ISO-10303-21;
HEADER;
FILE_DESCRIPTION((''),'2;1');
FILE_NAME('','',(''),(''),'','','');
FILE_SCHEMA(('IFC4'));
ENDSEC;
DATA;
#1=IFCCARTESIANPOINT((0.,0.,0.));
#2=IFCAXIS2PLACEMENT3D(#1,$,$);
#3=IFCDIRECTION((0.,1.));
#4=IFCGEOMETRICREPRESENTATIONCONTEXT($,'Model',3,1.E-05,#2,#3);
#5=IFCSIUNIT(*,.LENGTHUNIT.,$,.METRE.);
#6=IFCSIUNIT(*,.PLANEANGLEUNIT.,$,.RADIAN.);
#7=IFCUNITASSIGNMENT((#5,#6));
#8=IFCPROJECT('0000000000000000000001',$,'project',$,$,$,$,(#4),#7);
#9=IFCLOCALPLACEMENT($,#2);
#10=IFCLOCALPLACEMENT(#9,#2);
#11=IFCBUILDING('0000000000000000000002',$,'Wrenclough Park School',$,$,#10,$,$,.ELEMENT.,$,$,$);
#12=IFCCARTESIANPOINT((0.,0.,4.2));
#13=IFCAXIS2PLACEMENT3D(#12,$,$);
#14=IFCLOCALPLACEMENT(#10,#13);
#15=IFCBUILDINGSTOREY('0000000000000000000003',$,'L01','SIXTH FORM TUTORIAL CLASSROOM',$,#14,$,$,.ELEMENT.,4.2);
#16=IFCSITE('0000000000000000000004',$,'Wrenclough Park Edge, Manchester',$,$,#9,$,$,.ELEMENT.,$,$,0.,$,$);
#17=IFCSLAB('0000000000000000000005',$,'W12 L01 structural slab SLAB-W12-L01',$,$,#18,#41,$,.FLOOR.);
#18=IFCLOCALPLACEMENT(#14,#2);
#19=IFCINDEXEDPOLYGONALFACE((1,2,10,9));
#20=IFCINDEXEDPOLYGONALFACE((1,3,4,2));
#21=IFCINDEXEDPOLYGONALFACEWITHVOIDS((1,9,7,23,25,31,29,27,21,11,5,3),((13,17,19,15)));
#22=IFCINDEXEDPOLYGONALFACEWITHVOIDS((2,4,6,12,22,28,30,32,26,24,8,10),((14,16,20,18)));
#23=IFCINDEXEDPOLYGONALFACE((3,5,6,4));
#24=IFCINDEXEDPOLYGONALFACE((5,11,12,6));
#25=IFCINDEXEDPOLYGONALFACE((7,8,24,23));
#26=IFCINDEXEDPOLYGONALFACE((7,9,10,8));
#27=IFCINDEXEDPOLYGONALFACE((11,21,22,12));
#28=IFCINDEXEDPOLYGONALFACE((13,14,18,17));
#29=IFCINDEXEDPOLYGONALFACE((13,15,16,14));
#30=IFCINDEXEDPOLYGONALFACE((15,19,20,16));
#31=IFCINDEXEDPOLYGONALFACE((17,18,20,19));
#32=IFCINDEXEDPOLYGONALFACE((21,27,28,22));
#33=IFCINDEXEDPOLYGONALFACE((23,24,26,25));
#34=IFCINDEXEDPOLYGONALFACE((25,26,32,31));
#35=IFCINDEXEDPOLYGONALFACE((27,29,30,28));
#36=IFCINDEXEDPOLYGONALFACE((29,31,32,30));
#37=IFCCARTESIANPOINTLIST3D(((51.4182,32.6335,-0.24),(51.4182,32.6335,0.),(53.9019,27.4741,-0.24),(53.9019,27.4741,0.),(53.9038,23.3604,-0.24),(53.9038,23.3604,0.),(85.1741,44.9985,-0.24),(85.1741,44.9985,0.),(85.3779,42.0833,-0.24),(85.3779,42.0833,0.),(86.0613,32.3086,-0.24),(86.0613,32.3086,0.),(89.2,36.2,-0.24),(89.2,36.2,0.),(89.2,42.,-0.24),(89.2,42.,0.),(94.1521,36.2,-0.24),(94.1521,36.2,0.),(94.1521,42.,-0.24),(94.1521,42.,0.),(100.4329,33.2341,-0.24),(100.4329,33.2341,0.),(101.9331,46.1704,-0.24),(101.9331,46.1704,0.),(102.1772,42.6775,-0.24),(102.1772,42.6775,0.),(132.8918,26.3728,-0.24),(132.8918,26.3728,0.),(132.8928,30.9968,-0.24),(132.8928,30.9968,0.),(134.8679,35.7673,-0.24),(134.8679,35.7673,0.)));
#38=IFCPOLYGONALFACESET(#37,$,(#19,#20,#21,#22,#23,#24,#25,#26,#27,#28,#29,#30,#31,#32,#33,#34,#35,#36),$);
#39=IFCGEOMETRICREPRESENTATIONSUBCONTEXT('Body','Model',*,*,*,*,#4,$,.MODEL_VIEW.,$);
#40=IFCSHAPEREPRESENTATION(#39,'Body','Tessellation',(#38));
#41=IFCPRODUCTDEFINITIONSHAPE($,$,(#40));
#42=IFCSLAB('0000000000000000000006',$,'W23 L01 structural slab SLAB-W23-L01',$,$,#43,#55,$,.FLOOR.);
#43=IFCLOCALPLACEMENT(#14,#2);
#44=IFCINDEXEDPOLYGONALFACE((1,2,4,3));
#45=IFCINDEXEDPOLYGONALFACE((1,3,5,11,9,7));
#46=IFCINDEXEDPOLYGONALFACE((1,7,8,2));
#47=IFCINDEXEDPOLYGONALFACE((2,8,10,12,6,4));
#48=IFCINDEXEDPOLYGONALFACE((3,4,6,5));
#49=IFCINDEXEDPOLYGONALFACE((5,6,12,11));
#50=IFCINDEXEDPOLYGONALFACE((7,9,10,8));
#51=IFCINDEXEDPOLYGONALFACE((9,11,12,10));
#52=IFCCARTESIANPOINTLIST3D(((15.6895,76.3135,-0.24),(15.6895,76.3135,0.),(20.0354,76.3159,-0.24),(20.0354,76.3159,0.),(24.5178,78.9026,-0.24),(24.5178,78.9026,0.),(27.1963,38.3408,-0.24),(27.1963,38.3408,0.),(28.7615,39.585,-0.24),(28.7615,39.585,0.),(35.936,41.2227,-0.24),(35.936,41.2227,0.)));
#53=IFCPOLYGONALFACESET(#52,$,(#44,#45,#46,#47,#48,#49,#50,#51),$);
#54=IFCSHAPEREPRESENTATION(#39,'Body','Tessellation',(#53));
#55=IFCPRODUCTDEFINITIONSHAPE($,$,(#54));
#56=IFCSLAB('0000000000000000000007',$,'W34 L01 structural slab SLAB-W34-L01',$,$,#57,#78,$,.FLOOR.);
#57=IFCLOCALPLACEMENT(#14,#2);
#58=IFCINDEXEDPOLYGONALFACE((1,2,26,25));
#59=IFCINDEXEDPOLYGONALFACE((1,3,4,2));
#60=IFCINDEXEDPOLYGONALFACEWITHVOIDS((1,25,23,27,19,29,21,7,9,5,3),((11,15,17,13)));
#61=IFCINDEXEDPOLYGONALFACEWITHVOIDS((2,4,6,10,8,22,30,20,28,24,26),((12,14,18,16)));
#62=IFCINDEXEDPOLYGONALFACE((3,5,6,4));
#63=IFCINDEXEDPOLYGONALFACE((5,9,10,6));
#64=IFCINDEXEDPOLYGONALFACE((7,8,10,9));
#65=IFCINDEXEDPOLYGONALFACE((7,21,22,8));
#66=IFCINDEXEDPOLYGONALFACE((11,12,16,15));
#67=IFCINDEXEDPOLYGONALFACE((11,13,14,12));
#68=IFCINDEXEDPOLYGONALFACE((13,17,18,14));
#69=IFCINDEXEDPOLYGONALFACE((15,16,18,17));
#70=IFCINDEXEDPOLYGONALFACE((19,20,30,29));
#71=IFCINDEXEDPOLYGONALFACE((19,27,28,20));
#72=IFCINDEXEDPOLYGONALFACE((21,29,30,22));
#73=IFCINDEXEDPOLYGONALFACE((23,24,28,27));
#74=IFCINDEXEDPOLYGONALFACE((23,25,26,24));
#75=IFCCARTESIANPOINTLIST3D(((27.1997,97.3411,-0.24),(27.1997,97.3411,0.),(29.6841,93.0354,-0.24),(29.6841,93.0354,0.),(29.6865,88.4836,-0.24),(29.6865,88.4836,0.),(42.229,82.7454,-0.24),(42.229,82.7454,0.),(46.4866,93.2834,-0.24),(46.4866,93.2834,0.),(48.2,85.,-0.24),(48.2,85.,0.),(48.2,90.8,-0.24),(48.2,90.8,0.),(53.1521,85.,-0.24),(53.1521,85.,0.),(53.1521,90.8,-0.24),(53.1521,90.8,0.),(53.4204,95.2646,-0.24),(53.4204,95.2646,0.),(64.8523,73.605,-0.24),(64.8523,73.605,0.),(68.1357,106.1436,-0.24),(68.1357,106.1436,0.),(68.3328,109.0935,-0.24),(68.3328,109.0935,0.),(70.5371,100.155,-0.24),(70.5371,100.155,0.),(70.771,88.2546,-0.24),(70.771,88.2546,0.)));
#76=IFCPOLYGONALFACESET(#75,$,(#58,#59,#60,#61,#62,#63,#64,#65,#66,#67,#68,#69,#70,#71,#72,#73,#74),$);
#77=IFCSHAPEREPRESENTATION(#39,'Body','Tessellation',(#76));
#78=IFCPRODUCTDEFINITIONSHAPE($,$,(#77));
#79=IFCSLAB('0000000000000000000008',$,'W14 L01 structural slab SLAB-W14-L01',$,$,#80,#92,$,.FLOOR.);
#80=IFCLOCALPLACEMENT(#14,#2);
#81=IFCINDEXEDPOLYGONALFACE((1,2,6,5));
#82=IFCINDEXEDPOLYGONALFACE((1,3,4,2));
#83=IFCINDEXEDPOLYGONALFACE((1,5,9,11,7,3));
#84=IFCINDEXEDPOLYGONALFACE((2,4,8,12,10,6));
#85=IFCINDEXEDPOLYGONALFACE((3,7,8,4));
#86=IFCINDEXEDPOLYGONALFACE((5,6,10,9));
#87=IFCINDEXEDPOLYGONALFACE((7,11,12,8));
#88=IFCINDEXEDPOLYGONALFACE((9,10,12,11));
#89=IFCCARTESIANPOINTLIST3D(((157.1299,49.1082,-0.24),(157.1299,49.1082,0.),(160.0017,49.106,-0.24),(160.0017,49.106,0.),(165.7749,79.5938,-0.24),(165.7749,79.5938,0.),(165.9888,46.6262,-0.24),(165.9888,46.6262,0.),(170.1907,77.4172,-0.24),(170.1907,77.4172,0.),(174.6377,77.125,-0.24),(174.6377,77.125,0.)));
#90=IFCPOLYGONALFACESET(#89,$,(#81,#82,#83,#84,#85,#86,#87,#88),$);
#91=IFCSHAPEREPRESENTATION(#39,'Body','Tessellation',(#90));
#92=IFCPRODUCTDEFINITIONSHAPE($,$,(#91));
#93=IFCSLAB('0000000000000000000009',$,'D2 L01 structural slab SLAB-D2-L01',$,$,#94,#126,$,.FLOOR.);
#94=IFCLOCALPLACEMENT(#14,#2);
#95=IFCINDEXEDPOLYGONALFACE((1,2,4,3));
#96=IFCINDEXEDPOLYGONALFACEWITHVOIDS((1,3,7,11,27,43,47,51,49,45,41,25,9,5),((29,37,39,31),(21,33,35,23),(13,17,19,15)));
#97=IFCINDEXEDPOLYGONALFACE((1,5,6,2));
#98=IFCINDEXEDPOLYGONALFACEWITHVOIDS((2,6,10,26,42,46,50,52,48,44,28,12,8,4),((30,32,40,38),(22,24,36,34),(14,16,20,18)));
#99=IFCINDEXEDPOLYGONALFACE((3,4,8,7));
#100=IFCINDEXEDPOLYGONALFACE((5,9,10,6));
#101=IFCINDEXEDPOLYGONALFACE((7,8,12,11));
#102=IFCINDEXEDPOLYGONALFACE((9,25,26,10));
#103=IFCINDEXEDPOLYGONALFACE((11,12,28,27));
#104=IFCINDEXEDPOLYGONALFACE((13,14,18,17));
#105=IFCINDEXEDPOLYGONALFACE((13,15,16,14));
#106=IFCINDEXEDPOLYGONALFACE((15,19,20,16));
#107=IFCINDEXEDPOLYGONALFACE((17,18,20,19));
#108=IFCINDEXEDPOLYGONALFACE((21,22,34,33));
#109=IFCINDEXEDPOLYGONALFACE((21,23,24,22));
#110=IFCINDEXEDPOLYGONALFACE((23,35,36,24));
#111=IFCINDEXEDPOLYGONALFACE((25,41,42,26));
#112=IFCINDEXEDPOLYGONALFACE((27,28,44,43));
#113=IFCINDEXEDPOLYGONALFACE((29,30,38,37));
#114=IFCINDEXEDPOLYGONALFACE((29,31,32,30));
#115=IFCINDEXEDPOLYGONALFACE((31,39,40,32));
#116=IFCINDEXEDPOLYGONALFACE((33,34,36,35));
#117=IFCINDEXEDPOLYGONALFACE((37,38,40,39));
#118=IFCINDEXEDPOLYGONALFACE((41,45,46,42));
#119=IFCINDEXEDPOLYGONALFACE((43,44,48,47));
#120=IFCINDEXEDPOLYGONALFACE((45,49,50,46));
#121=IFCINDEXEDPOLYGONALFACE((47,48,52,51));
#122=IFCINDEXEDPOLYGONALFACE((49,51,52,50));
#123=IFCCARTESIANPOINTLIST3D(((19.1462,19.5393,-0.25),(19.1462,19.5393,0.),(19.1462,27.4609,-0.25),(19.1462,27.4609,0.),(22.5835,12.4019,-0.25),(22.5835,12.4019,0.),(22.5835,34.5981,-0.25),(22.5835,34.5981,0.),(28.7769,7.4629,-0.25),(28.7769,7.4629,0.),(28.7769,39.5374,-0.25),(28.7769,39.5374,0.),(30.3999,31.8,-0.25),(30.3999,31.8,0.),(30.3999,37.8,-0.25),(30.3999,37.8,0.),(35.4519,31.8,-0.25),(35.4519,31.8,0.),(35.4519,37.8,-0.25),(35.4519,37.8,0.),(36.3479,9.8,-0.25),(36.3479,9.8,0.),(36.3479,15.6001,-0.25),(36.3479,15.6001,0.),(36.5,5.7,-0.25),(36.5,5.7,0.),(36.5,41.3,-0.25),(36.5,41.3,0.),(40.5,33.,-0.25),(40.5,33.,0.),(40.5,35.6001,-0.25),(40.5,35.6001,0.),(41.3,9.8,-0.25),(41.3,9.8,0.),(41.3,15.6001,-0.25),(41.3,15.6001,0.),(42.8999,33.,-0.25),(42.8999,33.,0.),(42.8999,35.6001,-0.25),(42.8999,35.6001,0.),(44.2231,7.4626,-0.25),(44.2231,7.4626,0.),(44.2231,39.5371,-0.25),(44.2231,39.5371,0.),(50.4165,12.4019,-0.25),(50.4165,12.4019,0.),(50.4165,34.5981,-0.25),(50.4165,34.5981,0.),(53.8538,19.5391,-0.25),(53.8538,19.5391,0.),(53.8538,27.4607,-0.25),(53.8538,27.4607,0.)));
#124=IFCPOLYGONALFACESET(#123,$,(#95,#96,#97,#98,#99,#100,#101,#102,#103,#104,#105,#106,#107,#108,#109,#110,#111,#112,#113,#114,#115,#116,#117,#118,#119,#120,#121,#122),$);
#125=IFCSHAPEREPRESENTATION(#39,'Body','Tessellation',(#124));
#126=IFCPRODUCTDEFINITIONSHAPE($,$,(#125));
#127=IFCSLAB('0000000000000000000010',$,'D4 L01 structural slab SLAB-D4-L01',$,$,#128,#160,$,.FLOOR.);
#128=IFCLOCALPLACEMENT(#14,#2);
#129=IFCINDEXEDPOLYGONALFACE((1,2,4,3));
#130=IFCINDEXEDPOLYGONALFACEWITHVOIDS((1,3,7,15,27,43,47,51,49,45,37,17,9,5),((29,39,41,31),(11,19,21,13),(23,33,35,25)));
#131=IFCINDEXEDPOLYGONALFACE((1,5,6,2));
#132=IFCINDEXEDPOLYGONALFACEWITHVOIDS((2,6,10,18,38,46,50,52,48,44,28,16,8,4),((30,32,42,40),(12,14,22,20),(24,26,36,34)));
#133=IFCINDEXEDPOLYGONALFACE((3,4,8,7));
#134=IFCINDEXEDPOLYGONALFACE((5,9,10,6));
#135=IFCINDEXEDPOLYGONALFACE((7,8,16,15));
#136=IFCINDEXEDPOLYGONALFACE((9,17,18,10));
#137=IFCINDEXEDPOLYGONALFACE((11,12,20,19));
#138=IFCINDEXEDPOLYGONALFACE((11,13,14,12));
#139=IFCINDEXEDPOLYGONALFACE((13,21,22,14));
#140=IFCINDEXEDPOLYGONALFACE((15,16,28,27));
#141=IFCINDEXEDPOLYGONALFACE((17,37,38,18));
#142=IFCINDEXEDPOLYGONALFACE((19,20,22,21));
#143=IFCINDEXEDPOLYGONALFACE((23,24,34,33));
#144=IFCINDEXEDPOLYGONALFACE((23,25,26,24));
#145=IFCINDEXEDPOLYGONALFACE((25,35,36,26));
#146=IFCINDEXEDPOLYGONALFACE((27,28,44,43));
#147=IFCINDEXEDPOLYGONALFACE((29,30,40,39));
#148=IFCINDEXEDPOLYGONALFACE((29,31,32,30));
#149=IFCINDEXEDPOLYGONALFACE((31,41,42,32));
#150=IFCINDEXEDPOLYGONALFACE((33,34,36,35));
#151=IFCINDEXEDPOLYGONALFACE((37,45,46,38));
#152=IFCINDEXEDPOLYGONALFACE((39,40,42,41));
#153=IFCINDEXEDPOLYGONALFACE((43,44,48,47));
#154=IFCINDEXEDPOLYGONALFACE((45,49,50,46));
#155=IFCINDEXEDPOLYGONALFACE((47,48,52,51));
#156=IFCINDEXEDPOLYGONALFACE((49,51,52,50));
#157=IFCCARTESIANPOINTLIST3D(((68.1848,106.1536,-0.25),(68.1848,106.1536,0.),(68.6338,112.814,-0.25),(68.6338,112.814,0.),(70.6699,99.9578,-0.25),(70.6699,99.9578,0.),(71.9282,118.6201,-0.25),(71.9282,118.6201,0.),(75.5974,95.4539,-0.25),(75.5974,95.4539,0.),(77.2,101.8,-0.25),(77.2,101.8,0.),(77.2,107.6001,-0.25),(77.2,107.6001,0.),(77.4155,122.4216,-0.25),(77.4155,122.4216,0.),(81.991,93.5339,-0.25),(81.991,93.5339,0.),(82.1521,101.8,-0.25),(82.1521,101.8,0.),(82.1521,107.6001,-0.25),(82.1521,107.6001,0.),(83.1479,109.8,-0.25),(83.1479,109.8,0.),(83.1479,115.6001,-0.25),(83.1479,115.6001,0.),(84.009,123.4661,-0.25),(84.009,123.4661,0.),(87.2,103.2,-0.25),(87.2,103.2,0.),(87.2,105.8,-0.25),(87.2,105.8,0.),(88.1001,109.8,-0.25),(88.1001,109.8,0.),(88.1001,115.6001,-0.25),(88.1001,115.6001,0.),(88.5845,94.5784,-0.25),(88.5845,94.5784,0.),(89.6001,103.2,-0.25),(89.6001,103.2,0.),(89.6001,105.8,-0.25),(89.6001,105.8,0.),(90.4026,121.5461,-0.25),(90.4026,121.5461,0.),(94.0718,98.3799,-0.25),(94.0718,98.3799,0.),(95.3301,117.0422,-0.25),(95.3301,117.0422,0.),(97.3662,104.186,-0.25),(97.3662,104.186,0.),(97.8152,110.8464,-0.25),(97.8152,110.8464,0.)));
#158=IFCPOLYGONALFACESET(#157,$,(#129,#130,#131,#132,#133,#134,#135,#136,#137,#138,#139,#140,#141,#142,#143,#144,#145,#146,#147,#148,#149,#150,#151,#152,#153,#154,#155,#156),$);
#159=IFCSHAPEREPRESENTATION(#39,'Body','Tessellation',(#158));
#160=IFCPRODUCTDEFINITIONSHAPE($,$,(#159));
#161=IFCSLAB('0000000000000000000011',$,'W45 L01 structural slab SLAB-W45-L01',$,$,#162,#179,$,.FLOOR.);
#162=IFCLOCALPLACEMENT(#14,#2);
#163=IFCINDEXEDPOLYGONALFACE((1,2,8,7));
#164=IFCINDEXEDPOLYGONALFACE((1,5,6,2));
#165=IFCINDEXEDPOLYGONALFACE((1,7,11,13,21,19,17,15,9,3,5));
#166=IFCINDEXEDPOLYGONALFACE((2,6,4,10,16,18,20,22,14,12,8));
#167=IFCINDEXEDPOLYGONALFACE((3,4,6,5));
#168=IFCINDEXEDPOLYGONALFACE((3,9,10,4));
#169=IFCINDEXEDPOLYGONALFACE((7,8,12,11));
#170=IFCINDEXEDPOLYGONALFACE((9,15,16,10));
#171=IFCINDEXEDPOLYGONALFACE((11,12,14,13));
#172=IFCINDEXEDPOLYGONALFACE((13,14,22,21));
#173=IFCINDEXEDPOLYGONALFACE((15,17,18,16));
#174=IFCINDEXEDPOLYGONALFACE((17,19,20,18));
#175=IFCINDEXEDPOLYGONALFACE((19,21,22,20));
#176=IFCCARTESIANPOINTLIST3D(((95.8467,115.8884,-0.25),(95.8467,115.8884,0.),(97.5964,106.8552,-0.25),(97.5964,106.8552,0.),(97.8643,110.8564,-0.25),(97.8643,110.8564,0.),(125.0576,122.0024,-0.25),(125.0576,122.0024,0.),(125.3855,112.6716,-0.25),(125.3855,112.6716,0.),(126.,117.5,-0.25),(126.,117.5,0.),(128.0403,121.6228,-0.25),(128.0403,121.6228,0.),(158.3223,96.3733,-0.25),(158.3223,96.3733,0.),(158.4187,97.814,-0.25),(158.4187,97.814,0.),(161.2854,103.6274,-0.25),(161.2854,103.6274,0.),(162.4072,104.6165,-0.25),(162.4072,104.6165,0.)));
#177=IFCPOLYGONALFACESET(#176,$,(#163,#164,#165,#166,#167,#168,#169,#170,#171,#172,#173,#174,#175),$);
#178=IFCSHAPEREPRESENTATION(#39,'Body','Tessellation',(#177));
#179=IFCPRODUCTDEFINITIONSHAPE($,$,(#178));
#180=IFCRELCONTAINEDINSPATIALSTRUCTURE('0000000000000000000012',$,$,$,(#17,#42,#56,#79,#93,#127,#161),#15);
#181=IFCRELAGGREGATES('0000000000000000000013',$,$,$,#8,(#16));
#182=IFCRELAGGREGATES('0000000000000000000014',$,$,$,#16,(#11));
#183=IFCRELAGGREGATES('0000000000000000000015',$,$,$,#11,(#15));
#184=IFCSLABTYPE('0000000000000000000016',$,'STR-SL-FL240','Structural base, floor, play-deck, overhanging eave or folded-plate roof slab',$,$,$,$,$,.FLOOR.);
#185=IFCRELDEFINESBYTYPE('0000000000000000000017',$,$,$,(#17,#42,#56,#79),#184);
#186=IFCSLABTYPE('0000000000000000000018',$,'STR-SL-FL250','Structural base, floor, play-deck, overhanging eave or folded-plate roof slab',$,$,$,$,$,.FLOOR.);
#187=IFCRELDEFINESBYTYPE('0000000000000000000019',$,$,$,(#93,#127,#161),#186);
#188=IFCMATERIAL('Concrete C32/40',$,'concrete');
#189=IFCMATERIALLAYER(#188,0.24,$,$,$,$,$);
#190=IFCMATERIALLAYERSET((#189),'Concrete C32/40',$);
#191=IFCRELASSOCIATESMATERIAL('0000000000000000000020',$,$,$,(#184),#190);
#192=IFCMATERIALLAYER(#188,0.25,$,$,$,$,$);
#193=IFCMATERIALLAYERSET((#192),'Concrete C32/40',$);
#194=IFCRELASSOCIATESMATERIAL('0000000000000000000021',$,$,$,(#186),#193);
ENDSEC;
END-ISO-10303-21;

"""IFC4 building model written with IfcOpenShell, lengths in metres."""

from ifc_helpers import new_model, si_unit, direction, frame, origin, place, context, subcontext, project, spatial, polyline, outline, extrude, material, layer, layer_set, type_object, element, save


model = new_model("IFC4")

# Units and contexts
model_context = context("Model", 3, precision=1e-05, world=origin(), true_north=direction((0.0, 1.0)))
body_context = subcontext(model_context, "Body", "Model", "MODEL_VIEW")
ifc_project = project(units=[si_unit("LENGTHUNIT", "METRE"), si_unit("PLANEANGLEUNIT", "RADIAN")], contexts=[model_context])

# Site, building, storey
site_placement = place(None, origin())
site = spatial("IfcSite", under=ifc_project, at=site_placement, Name="Wrenclough Park Edge, Manchester", CompositionType="ELEMENT", RefElevation=0.0)
building_placement = place(site_placement, origin())
building = spatial("IfcBuilding", under=site, at=building_placement, Name="Wrenclough Park School", CompositionType="ELEMENT")
storey_placement = place(building_placement, frame((0.0, 0.0, 4.2)))
storey = spatial("IfcBuildingStorey", under=building, at=storey_placement, Name="L01", Description="SIXTH FORM TUTORIAL CLASSROOM", CompositionType="ELEMENT", Elevation=4.2)

# Slabs
ifc_material_1 = material(Name="Concrete C32/40", Category="concrete")
ifc_layer_1 = layer(ifc_material_1, 0.24)
ifc_layer_set_1 = layer_set([ifc_layer_1], Name="Concrete C32/40")
slab_type_1 = type_object("IfcSlabType", Name="STR-SL-FL240", Description="Structural base, floor, play-deck, overhanging eave or folded-plate roof slab", PredefinedType="FLOOR", material=ifc_layer_set_1)
slab_1_placement = place(storey_placement, frame((0.0, 0.0, -0.24)))
element("IfcSlab", 1, at=slab_1_placement, inside=storey, type_object=slab_type_1, Name="W12 L01 structural slab SLAB-W12-L01", PredefinedType="FLOOR", context=body_context, shape_type="SweptSolid", body=[
    extrude(outline(polyline([(100.4329, 33.2341), (132.8918, 26.3728), (132.8928, 30.9968), (134.8679, 35.7673), (102.1772, 42.6775), (101.9331, 46.1704), (85.1741, 44.9985), (85.3779, 42.0833), (51.4182, 32.6335), (53.9019, 27.4741), (53.9038, 23.3604), (86.0613, 32.3086), (100.4329, 33.2341)]), holes=[polyline([(89.2, 36.2), (94.1521, 36.2), (94.1521, 42.0), (89.2, 42.0), (89.2, 36.2)])]), origin(), (0.0, 0.0, 1.0), 0.24),
])
slab_2_placement = place(storey_placement, frame((0.0, 0.0, -0.24)))
element("IfcSlab", 2, at=slab_2_placement, inside=storey, type_object=slab_type_1, Name="W23 L01 structural slab SLAB-W23-L01", PredefinedType="FLOOR", context=body_context, shape_type="SweptSolid", body=[
    extrude(outline(polyline([(35.936, 41.2227), (24.5178, 78.9026), (20.0354, 76.3159), (15.6895, 76.3135), (27.1963, 38.3408), (28.7615, 39.585), (35.936, 41.2227)])), origin(), (0.0, 0.0, 1.0), 0.24),
])
slab_3_placement = place(storey_placement, frame((0.0, 0.0, -0.24)))
element("IfcSlab", 3, at=slab_3_placement, inside=storey, type_object=slab_type_1, Name="W34 L01 structural slab SLAB-W34-L01", PredefinedType="FLOOR", context=body_context, shape_type="SweptSolid", body=[
    extrude(outline(polyline([(53.4204, 95.2646), (70.5371, 100.155), (68.1357, 106.1436), (68.3328, 109.0935), (27.1997, 97.3411), (29.6841, 93.0354), (29.6865, 88.4836), (46.4866, 93.2834), (42.229, 82.7454), (64.8523, 73.605), (70.771, 88.2546), (53.4204, 95.2646)]), holes=[polyline([(48.2, 85.0), (53.1521, 85.0), (53.1521, 90.8), (48.2, 90.8), (48.2, 85.0)])]), origin(), (0.0, 0.0, 1.0), 0.24),
])
slab_4_placement = place(storey_placement, frame((0.0, 0.0, -0.24)))
element("IfcSlab", 4, at=slab_4_placement, inside=storey, type_object=slab_type_1, Name="W14 L01 structural slab SLAB-W14-L01", PredefinedType="FLOOR", context=body_context, shape_type="SweptSolid", body=[
    extrude(outline(polyline([(165.9888, 46.6262), (174.6377, 77.125), (170.1907, 77.4172), (165.7749, 79.5938), (157.1299, 49.1082), (160.0017, 49.106), (165.9888, 46.6262)])), origin(), (0.0, 0.0, 1.0), 0.24),
])
ifc_layer_2 = layer(ifc_material_1, 0.25)
ifc_layer_set_2 = layer_set([ifc_layer_2], Name="Concrete C32/40")
slab_type_2 = type_object("IfcSlabType", Name="STR-SL-FL250", Description="Structural base, floor, play-deck, overhanging eave or folded-plate roof slab", PredefinedType="FLOOR", material=ifc_layer_set_2)
slab_5_placement = place(storey_placement, frame((0.0, 0.0, -0.25)))
element("IfcSlab", 5, at=slab_5_placement, inside=storey, type_object=slab_type_2, Name="D2 L01 structural slab SLAB-D2-L01", PredefinedType="FLOOR", context=body_context, shape_type="SweptSolid", body=[
    extrude(outline(polyline([(53.8538, 27.4607), (50.4165, 34.5981), (44.2231, 39.5371), (36.5, 41.3), (28.7769, 39.5374), (22.5835, 34.5981), (19.1462, 27.4609), (19.1462, 19.5393), (22.5835, 12.4019), (28.7769, 7.4629), (36.5, 5.7), (44.2231, 7.4626), (50.4165, 12.4019), (53.8538, 19.5391), (53.8538, 27.4607)]), holes=[polyline([(30.3999, 31.8), (35.4519, 31.8), (35.4519, 37.8), (30.3999, 37.8), (30.3999, 31.8)]), polyline([(40.5, 33.0), (42.8999, 33.0), (42.8999, 35.6001), (40.5, 35.6001), (40.5, 33.0)]), polyline([(36.3479, 9.8), (41.3, 9.8), (41.3, 15.6001), (36.3479, 15.6001), (36.3479, 9.8)])]), origin(), (0.0, 0.0, 1.0), 0.25),
])
slab_6_placement = place(storey_placement, frame((0.0, 0.0, -0.25)))
element("IfcSlab", 6, at=slab_6_placement, inside=storey, type_object=slab_type_2, Name="D4 L01 structural slab SLAB-D4-L01", PredefinedType="FLOOR", context=body_context, shape_type="SweptSolid", body=[
    extrude(outline(polyline([(97.8152, 110.8464), (95.3301, 117.0422), (90.4026, 121.5461), (84.009, 123.4661), (77.4155, 122.4216), (71.9282, 118.6201), (68.6338, 112.814), (68.1848, 106.1536), (70.6699, 99.9578), (75.5974, 95.4539), (81.991, 93.5339), (88.5845, 94.5784), (94.0718, 98.3799), (97.3662, 104.186), (97.8152, 110.8464)]), holes=[polyline([(77.2, 101.8), (82.1521, 101.8), (82.1521, 107.6001), (77.2, 107.6001), (77.2, 101.8)]), polyline([(87.2, 103.2), (89.6001, 103.2), (89.6001, 105.8), (87.2, 105.8), (87.2, 103.2)]), polyline([(83.1479, 109.8), (88.1001, 109.8), (88.1001, 115.6001), (83.1479, 115.6001), (83.1479, 109.8)])]), origin(), (0.0, 0.0, 1.0), 0.25),
])
slab_7_placement = place(storey_placement, frame((0.0, 0.0, -0.25)))
element("IfcSlab", 7, at=slab_7_placement, inside=storey, type_object=slab_type_2, Name="W45 L01 structural slab SLAB-W45-L01", PredefinedType="FLOOR", context=body_context, shape_type="SweptSolid", body=[
    extrude(outline(polyline([(125.3855, 112.6716), (158.3223, 96.3733), (158.4187, 97.814), (161.2854, 103.6274), (162.4072, 104.6165), (128.0403, 121.6228), (126.0, 117.5), (125.0576, 122.0024), (95.8467, 115.8884), (97.8643, 110.8564), (97.5964, 106.8552), (125.3855, 112.6716)])), origin(), (0.0, 0.0, 1.0), 0.25),
])

save(model, "model.ifc")
